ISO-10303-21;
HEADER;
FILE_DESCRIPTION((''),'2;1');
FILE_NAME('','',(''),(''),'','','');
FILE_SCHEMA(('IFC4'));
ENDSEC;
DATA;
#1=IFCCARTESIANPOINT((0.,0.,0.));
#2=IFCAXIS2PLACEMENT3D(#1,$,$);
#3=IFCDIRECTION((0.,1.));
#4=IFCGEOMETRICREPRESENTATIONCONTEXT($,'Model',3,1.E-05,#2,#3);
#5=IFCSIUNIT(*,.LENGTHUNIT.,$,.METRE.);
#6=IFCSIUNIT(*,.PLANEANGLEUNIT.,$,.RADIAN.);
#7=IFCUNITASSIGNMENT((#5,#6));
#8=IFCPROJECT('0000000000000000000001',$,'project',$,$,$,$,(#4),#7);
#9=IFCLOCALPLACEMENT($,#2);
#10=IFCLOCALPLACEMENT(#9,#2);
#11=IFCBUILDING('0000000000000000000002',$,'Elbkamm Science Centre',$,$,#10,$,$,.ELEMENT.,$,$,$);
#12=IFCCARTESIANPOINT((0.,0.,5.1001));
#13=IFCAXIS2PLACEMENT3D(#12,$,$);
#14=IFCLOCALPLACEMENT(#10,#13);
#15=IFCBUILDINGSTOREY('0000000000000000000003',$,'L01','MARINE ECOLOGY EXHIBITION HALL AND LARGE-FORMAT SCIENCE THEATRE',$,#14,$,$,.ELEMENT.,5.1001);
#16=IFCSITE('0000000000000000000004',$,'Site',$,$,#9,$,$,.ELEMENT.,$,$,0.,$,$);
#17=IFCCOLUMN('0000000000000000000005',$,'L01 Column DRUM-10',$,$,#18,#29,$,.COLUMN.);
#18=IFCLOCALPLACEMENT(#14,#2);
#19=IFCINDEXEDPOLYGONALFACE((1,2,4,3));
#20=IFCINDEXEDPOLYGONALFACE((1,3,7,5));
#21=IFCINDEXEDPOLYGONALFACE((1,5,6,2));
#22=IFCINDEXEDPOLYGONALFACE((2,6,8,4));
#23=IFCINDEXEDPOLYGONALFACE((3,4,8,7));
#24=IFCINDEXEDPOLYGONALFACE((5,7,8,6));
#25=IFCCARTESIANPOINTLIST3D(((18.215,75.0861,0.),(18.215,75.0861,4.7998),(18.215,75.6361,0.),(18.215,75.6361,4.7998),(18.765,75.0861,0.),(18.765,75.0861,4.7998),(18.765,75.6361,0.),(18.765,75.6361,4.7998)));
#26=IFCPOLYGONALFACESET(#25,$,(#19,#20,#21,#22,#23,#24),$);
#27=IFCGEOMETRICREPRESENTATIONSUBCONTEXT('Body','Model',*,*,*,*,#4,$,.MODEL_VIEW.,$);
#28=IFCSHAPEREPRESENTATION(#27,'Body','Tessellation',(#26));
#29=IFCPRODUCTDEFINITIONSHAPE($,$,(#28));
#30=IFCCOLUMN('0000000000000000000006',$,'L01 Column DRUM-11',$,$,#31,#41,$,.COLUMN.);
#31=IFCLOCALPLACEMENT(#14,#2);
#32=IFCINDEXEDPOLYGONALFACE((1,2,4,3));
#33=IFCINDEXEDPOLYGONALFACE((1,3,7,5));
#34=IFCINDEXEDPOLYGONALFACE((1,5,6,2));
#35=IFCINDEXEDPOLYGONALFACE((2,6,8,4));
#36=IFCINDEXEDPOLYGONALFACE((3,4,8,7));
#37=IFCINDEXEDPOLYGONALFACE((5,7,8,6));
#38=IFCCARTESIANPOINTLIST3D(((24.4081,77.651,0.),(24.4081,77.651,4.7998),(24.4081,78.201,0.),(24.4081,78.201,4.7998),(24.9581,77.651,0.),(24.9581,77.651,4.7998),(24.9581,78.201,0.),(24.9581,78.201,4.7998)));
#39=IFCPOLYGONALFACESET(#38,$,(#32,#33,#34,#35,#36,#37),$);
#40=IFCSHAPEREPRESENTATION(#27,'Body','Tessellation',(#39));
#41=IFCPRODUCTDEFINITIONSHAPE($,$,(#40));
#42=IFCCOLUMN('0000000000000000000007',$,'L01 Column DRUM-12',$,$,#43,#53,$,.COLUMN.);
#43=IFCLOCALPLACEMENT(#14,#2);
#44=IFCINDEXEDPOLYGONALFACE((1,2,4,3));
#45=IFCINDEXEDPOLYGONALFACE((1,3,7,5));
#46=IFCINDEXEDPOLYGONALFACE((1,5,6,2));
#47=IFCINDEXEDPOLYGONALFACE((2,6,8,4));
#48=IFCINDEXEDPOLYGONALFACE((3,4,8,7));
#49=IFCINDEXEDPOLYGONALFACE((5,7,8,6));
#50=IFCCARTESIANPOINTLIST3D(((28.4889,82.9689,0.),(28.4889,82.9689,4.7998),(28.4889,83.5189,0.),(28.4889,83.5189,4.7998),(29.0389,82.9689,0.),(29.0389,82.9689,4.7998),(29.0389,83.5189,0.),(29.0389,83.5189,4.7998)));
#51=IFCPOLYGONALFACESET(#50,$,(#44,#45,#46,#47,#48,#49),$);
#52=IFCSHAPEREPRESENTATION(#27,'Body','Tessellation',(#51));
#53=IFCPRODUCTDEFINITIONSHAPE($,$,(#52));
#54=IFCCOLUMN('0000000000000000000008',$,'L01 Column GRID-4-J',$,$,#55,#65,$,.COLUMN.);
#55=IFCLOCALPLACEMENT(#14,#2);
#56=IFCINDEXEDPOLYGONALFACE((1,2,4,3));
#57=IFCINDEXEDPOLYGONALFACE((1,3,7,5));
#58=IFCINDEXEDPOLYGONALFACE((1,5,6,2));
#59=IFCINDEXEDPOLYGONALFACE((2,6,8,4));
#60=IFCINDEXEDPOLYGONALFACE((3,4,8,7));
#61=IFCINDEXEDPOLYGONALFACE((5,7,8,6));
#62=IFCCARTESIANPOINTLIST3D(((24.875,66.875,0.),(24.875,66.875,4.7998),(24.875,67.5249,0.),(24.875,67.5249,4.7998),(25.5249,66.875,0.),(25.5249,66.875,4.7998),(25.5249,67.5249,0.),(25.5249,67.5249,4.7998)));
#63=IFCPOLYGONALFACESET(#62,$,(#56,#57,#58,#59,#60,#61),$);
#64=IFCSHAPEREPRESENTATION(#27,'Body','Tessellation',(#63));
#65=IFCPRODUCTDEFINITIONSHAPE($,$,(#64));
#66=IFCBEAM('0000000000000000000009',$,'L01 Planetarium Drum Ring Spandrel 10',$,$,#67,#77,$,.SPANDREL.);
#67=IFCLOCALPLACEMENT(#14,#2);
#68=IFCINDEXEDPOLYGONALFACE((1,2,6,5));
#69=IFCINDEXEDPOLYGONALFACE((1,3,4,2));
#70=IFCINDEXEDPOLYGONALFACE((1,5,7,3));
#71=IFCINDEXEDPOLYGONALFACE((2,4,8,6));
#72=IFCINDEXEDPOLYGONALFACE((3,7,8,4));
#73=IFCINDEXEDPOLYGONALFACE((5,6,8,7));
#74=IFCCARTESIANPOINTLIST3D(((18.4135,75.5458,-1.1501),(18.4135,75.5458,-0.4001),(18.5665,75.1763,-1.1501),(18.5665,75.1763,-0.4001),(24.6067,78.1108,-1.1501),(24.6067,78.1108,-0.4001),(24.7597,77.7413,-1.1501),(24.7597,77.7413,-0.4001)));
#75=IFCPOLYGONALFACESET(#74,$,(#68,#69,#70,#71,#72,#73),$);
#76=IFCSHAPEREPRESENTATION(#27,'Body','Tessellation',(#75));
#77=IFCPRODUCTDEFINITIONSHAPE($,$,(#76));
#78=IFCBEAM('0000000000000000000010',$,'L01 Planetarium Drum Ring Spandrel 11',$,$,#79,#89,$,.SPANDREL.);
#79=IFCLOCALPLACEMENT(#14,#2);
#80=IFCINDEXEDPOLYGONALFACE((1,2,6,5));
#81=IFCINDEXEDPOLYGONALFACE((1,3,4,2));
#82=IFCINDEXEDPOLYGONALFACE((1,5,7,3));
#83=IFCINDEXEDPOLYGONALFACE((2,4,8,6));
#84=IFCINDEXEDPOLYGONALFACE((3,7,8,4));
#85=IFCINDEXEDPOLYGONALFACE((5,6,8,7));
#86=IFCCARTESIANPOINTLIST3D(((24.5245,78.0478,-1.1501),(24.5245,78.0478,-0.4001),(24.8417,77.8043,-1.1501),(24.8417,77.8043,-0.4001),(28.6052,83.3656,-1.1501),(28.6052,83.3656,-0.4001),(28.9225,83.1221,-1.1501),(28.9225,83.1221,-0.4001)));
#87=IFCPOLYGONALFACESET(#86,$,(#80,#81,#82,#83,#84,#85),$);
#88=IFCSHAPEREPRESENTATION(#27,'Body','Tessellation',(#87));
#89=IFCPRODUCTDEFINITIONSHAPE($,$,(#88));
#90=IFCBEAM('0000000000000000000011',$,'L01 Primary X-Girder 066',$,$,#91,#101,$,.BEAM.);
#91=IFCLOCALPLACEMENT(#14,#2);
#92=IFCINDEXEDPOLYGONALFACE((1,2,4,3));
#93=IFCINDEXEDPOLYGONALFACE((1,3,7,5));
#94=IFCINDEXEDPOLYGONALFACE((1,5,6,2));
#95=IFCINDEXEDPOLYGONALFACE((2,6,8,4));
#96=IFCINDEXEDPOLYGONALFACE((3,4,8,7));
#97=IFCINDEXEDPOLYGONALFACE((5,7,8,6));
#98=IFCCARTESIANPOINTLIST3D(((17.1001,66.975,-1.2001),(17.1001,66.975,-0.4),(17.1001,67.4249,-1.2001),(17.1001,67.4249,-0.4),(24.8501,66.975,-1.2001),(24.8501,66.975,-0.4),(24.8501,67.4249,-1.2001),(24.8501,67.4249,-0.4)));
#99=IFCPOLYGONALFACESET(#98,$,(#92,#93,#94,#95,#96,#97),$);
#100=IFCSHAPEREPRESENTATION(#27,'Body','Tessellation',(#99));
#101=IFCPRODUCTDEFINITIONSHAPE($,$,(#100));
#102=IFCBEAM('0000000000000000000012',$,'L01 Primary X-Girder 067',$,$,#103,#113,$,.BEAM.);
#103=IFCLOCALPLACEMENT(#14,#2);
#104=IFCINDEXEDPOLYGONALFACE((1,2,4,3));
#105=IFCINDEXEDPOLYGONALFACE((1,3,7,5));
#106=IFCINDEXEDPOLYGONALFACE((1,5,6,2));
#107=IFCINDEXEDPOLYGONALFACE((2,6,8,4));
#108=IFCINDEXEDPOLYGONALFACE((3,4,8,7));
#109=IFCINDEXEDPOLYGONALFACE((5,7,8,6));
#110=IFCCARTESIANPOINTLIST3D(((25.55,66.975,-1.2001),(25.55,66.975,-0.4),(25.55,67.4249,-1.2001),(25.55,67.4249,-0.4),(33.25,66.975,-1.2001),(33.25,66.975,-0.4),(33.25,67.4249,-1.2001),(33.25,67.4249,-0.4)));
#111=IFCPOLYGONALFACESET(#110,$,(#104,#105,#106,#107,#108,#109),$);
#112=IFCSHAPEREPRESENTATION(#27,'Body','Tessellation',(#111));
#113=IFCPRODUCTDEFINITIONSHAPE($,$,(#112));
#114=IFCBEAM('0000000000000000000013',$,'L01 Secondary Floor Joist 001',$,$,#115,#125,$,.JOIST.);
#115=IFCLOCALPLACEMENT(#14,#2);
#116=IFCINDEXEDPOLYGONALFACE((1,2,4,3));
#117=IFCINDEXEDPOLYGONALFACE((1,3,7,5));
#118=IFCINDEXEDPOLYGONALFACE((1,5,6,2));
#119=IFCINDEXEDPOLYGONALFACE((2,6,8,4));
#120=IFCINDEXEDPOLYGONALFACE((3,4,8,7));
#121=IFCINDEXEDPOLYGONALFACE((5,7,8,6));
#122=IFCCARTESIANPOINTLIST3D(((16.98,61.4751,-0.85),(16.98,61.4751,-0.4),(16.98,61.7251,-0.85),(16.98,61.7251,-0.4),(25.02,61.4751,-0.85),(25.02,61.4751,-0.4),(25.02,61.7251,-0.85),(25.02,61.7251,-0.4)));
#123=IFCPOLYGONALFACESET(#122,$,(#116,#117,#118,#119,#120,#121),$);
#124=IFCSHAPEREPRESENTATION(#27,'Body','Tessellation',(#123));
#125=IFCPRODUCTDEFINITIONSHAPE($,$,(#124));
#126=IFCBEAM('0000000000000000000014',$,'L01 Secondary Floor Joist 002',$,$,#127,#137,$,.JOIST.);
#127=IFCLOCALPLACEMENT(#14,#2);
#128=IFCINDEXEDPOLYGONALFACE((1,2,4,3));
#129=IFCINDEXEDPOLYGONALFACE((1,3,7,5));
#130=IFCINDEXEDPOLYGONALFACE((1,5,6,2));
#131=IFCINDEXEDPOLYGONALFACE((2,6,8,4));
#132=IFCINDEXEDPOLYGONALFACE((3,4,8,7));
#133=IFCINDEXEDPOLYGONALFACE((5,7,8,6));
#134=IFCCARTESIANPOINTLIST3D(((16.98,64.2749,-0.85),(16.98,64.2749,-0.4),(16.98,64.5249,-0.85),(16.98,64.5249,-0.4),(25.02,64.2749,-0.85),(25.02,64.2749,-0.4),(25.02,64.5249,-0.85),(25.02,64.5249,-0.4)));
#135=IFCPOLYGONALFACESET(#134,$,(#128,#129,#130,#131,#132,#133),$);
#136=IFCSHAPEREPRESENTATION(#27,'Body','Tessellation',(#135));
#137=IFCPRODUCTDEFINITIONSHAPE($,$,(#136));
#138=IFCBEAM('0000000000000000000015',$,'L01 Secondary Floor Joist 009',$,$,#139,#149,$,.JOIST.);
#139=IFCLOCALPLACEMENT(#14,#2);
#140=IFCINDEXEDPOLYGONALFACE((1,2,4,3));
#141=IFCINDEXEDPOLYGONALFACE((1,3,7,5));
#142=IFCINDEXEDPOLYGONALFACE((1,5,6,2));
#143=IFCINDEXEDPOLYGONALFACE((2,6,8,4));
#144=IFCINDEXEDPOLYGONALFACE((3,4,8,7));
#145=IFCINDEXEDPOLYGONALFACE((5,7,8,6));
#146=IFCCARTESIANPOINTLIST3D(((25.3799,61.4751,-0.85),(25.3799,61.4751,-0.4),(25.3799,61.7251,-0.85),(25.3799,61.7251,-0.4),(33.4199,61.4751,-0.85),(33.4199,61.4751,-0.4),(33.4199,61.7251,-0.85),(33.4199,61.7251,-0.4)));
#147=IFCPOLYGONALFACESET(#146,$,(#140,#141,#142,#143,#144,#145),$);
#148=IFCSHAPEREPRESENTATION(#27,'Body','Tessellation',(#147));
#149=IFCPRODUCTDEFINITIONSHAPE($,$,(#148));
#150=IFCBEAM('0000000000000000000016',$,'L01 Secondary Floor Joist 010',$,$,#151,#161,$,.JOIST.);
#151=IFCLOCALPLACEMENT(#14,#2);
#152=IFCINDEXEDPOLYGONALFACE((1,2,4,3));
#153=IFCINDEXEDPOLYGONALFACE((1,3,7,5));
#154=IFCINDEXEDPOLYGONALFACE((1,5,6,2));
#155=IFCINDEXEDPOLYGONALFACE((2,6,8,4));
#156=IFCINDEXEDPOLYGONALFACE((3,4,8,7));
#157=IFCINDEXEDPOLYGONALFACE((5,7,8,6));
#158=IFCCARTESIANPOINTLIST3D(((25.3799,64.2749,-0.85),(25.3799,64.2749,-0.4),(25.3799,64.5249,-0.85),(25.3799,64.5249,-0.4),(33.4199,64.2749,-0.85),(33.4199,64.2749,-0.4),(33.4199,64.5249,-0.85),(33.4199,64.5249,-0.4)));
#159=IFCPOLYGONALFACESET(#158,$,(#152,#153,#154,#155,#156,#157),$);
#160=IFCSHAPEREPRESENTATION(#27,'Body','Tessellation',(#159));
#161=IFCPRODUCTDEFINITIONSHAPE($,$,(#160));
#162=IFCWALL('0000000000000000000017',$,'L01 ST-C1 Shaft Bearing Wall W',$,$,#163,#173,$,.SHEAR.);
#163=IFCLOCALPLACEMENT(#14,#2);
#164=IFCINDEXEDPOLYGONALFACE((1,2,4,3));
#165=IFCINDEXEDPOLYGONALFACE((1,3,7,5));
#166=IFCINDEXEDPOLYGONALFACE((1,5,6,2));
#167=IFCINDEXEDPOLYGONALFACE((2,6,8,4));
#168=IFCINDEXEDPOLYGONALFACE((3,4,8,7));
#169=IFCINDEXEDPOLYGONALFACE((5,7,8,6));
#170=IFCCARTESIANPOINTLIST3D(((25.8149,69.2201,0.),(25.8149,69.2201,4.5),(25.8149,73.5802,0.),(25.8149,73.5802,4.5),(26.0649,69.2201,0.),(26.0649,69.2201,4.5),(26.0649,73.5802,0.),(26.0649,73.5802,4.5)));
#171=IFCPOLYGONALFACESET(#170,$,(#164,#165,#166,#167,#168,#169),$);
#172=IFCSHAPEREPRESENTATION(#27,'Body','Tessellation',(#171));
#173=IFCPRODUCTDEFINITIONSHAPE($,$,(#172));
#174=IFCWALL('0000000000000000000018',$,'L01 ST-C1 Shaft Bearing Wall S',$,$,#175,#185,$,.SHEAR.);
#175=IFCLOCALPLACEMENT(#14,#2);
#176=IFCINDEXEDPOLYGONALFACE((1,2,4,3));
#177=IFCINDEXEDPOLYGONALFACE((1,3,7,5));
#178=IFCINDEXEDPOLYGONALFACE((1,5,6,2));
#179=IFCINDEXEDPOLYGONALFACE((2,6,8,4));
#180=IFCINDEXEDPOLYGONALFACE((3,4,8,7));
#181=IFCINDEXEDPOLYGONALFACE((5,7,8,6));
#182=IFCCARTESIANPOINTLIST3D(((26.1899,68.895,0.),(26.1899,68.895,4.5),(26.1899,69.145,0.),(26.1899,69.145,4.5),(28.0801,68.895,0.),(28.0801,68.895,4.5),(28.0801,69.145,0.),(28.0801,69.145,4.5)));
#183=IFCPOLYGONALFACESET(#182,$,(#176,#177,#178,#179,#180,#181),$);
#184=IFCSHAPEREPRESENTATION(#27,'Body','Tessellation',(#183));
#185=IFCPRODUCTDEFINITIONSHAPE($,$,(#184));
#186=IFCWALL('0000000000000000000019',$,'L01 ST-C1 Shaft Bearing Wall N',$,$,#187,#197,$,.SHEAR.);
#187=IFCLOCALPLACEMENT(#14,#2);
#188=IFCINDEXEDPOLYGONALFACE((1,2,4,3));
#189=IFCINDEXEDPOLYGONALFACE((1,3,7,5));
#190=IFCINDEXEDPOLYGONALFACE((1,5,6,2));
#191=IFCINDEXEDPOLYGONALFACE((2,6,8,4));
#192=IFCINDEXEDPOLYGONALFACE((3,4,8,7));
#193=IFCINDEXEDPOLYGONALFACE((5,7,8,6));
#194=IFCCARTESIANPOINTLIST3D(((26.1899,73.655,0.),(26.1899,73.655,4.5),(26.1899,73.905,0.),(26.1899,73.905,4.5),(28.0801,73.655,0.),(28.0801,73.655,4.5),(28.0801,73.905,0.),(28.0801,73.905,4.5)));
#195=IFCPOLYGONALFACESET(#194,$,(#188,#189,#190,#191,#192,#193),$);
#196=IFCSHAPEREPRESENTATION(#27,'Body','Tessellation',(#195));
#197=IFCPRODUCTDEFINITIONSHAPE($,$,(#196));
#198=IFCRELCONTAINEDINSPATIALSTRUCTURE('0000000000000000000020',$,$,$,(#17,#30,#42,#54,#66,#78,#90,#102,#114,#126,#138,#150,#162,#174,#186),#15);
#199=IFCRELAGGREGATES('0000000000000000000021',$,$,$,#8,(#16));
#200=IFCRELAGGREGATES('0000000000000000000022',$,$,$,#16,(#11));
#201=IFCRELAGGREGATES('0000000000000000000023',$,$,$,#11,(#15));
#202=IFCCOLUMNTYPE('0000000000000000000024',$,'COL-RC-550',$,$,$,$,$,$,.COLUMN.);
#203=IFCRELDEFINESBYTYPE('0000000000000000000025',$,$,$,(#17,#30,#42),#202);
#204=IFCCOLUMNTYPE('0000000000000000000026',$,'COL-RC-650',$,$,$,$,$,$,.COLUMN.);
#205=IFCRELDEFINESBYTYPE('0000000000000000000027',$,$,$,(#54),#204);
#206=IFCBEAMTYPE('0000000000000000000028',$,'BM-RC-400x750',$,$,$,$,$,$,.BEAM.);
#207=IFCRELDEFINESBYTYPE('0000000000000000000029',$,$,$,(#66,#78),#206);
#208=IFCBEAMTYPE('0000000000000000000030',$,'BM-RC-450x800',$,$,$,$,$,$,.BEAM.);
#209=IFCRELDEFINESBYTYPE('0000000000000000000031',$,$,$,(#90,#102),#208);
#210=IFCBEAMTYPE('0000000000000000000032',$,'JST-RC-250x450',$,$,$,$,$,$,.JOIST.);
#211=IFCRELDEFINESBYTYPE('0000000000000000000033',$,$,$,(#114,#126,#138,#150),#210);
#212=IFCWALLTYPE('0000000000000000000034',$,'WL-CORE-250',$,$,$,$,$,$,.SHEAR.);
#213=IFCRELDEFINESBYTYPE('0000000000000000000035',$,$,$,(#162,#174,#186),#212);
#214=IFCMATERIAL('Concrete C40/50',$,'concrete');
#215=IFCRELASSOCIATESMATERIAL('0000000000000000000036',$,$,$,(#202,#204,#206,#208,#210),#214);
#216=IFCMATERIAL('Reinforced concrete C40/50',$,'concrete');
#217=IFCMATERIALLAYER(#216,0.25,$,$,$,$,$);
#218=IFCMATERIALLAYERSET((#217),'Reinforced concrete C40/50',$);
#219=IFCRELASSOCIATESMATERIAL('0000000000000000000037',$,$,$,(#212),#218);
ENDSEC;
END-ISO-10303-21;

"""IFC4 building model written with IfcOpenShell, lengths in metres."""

from ifc_helpers import new_model, si_unit, direction, frame, frame_2d, origin, origin_2d, place, context, subcontext, project, spatial, rectangle, extrude, material, layer, layer_set, material_profile, profile_set, type_object, element, save


model = new_model("IFC4")

# Units and contexts
model_context = context("Model", 3, precision=1e-05, world=origin(), true_north=direction((0.0, 1.0)))
body_context = subcontext(model_context, "Body", "Model", "MODEL_VIEW")
ifc_project = project(units=[si_unit("LENGTHUNIT", "METRE"), si_unit("PLANEANGLEUNIT", "RADIAN")], contexts=[model_context])

# Site, building, storey
site_placement = place(None, origin())
site = spatial("IfcSite", under=ifc_project, at=site_placement, Name="Site", CompositionType="ELEMENT", RefElevation=0.0)
building_placement = place(site_placement, origin())
building = spatial("IfcBuilding", under=site, at=building_placement, Name="Elbkamm Science Centre", CompositionType="ELEMENT")
storey_placement = place(building_placement, frame((0.0, 0.0, 5.1001)))
storey = spatial("IfcBuildingStorey", under=building, at=storey_placement, Name="L01", Description="MARINE ECOLOGY EXHIBITION HALL AND LARGE-FORMAT SCIENCE THEATRE", CompositionType="ELEMENT", Elevation=5.1001)

# Columns
ifc_material_1 = material(Name="Concrete C40/50", Category="concrete")
ifc_material_profile_1 = material_profile(ifc_material_1, rectangle(XDim=0.55, YDim=0.55, at=origin_2d()), Name="RC 550x550")
ifc_profile_set_1 = profile_set([ifc_material_profile_1], Name="Concrete C40/50")
column_type_1 = type_object("IfcColumnType", Name="COL-RC-550", PredefinedType="COLUMN", material=ifc_profile_set_1)
for number, where, z_axis, x_axis, name in (
    (1, (18.49, 75.3611, 0.0), (0.0, 0.0, 1.0), (1.0, 0.0, 0.0), "L01 Column DRUM-10"),
    (2, (24.6831, 77.926, 0.0), (0.0, 0.0, 1.0), (1.0, 0.0, 0.0), "L01 Column DRUM-11"),
    (3, (28.7639, 83.2439, 0.0), (0.0, 0.0, 1.0), (1.0, 0.0, 0.0), "L01 Column DRUM-12"),
):
    element("IfcColumn", number, at=place(storey_placement, frame(where, z_axis=z_axis, x_axis=x_axis)), inside=storey, type_object=column_type_1, Name=name, PredefinedType="COLUMN", context=body_context, shape_type="SweptSolid", body=[
        extrude(rectangle(XDim=0.55, YDim=0.55, at=origin_2d()), origin(), (0.0, 0.0, 1.0), 4.7998),
    ])
ifc_material_profile_2 = material_profile(ifc_material_1, rectangle(XDim=0.6499, YDim=0.6499, at=origin_2d()), Name="RC 650x650")
ifc_profile_set_2 = profile_set([ifc_material_profile_2], Name="Concrete C40/50")
column_type_2 = type_object("IfcColumnType", Name="COL-RC-650", PredefinedType="COLUMN", material=ifc_profile_set_2)
column_placement = place(storey_placement, frame((25.2, 67.2, 0.0), z_axis=(0.0, 0.0, 1.0), x_axis=(1.0, 0.0, 0.0)))
element("IfcColumn", 4, at=column_placement, inside=storey, type_object=column_type_2, Name="L01 Column GRID-4-J", PredefinedType="COLUMN", context=body_context, shape_type="SweptSolid", body=[
    extrude(rectangle(XDim=0.6499, YDim=0.6499, at=origin_2d()), origin(), (0.0, 0.0, 1.0), 4.7998),
])

# Beams
ifc_material_profile_3 = material_profile(ifc_material_1, rectangle(XDim=0.3999, YDim=0.75, at=origin_2d()), Name="RC 400x750")
ifc_profile_set_3 = profile_set([ifc_material_profile_3], Name="Concrete C40/50")
beam_type_1 = type_object("IfcBeamType", Name="BM-RC-400x750", PredefinedType="BEAM", material=ifc_profile_set_3)
beam_1_placement = place(storey_placement, frame((18.49, 75.3611, -0.7751), z_axis=(0.923897, 0.382641, 0.0), x_axis=(-0.382641, 0.923897, 0.0)))
element("IfcBeam", 5, at=beam_1_placement, inside=storey, type_object=beam_type_1, Name="L01 Planetarium Drum Ring Spandrel 10", PredefinedType="SPANDREL", context=body_context, shape_type="SweptSolid", body=[
    extrude(rectangle(XDim=0.3999, YDim=0.75, at=origin_2d()), origin(), (0.0, 0.0, 1.0), 6.7034),
])
beam_2_placement = place(storey_placement, frame((24.6831, 77.926, -0.7751), z_axis=(0.608786, 0.793334, 0.0), x_axis=(-0.793334, 0.608786, 0.0)))
element("IfcBeam", 6, at=beam_2_placement, inside=storey, type_object=beam_type_1, Name="L01 Planetarium Drum Ring Spandrel 11", PredefinedType="SPANDREL", context=body_context, shape_type="SweptSolid", body=[
    extrude(rectangle(XDim=0.3999, YDim=0.75, at=origin_2d()), origin(), (0.0, 0.0, 1.0), 6.7031),
])
ifc_material_profile_4 = material_profile(ifc_material_1, rectangle(XDim=0.45, YDim=0.8, at=origin_2d()), Name="RC 450x800")
ifc_profile_set_4 = profile_set([ifc_material_profile_4], Name="Concrete C40/50")
beam_type_2 = type_object("IfcBeamType", Name="BM-RC-450x800", PredefinedType="BEAM", material=ifc_profile_set_4)
beam_3_placement = place(storey_placement, frame((17.1001, 67.2, -0.8), z_axis=(1.0, 0.0, 0.0), x_axis=(0.0, 1.0, 0.0)))
element("IfcBeam", 7, at=beam_3_placement, inside=storey, type_object=beam_type_2, Name="L01 Primary X-Girder 066", PredefinedType="BEAM", context=body_context, shape_type="SweptSolid", body=[
    extrude(rectangle(XDim=0.45, YDim=0.8, at=origin_2d()), origin(), (0.0, 0.0, 1.0), 7.75),
])
beam_4_placement = place(storey_placement, frame((25.55, 67.2, -0.8), z_axis=(1.0, 0.0, 0.0), x_axis=(0.0, 1.0, 0.0)))
element("IfcBeam", 8, at=beam_4_placement, inside=storey, type_object=beam_type_2, Name="L01 Primary X-Girder 067", PredefinedType="BEAM", context=body_context, shape_type="SweptSolid", body=[
    extrude(rectangle(XDim=0.45, YDim=0.8, at=origin_2d()), origin(), (0.0, 0.0, 1.0), 7.7),
])
ifc_material_profile_5 = material_profile(ifc_material_1, rectangle(XDim=0.25, YDim=0.45, at=origin_2d()), Name="RC 250x450")
ifc_profile_set_5 = profile_set([ifc_material_profile_5], Name="Concrete C40/50")
beam_type_3 = type_object("IfcBeamType", Name="JST-RC-250x450", PredefinedType="JOIST", material=ifc_profile_set_5)
for number, where, z_axis, x_axis, name in (
    (9, (16.98, 61.6001, -0.625), (1.0, 0.0, 0.0), (0.0, 1.0, 0.0), "L01 Secondary Floor Joist 001"),
    (10, (16.98, 64.3999, -0.625), (1.0, 0.0, 0.0), (0.0, 1.0, 0.0), "L01 Secondary Floor Joist 002"),
    (11, (25.3799, 61.6001, -0.625), (1.0, 0.0, 0.0), (0.0, 1.0, 0.0), "L01 Secondary Floor Joist 009"),
    (12, (25.3799, 64.3999, -0.625), (1.0, 0.0, 0.0), (0.0, 1.0, 0.0), "L01 Secondary Floor Joist 010"),
):
    element("IfcBeam", number, at=place(storey_placement, frame(where, z_axis=z_axis, x_axis=x_axis)), inside=storey, type_object=beam_type_3, Name=name, PredefinedType="JOIST", context=body_context, shape_type="SweptSolid", body=[
        extrude(rectangle(XDim=0.25, YDim=0.45, at=origin_2d()), origin(), (0.0, 0.0, 1.0), 8.04),
    ])

# Walls
ifc_material_2 = material(Name="Reinforced concrete C40/50", Category="concrete")
ifc_layer_1 = layer(ifc_material_2, 0.25)
ifc_layer_set_1 = layer_set([ifc_layer_1], Name="Reinforced concrete C40/50")
wall_type_1 = type_object("IfcWallType", Name="WL-CORE-250", PredefinedType="SHEAR", material=ifc_layer_set_1)
wall_1_placement = place(storey_placement, frame((25.9399, 69.22, 0.0), z_axis=(0.0, 0.0, 1.0), x_axis=(0.0, 1.0, 0.0)))
element("IfcWall", 13, at=wall_1_placement, inside=storey, type_object=wall_type_1, Name="L01 ST-C1 Shaft Bearing Wall W", PredefinedType="SHEAR", context=body_context, shape_type="SweptSolid", body=[
    extrude(rectangle(XDim=4.3601, YDim=0.25, at=frame_2d((2.1802, 0.0))), origin(), (0.0, 0.0, 1.0), 4.5),
])
for number, where, z_axis, x_axis, name in (
    (14, (26.1899, 69.02, 0.0), (0.0, 0.0, 1.0), (1.0, 0.0, 0.0), "L01 ST-C1 Shaft Bearing Wall S"),
    (15, (26.1899, 73.78, 0.0), (0.0, 0.0, 1.0), (1.0, 0.0, 0.0), "L01 ST-C1 Shaft Bearing Wall N"),
):
    element("IfcWall", number, at=place(storey_placement, frame(where, z_axis=z_axis, x_axis=x_axis)), inside=storey, type_object=wall_type_1, Name=name, PredefinedType="SHEAR", context=body_context, shape_type="SweptSolid", body=[
        extrude(rectangle(XDim=1.8901, YDim=0.25, at=frame_2d((0.9451, 0.0))), origin(), (0.0, 0.0, 1.0), 4.5),
    ])

save(model, "model.ifc")
